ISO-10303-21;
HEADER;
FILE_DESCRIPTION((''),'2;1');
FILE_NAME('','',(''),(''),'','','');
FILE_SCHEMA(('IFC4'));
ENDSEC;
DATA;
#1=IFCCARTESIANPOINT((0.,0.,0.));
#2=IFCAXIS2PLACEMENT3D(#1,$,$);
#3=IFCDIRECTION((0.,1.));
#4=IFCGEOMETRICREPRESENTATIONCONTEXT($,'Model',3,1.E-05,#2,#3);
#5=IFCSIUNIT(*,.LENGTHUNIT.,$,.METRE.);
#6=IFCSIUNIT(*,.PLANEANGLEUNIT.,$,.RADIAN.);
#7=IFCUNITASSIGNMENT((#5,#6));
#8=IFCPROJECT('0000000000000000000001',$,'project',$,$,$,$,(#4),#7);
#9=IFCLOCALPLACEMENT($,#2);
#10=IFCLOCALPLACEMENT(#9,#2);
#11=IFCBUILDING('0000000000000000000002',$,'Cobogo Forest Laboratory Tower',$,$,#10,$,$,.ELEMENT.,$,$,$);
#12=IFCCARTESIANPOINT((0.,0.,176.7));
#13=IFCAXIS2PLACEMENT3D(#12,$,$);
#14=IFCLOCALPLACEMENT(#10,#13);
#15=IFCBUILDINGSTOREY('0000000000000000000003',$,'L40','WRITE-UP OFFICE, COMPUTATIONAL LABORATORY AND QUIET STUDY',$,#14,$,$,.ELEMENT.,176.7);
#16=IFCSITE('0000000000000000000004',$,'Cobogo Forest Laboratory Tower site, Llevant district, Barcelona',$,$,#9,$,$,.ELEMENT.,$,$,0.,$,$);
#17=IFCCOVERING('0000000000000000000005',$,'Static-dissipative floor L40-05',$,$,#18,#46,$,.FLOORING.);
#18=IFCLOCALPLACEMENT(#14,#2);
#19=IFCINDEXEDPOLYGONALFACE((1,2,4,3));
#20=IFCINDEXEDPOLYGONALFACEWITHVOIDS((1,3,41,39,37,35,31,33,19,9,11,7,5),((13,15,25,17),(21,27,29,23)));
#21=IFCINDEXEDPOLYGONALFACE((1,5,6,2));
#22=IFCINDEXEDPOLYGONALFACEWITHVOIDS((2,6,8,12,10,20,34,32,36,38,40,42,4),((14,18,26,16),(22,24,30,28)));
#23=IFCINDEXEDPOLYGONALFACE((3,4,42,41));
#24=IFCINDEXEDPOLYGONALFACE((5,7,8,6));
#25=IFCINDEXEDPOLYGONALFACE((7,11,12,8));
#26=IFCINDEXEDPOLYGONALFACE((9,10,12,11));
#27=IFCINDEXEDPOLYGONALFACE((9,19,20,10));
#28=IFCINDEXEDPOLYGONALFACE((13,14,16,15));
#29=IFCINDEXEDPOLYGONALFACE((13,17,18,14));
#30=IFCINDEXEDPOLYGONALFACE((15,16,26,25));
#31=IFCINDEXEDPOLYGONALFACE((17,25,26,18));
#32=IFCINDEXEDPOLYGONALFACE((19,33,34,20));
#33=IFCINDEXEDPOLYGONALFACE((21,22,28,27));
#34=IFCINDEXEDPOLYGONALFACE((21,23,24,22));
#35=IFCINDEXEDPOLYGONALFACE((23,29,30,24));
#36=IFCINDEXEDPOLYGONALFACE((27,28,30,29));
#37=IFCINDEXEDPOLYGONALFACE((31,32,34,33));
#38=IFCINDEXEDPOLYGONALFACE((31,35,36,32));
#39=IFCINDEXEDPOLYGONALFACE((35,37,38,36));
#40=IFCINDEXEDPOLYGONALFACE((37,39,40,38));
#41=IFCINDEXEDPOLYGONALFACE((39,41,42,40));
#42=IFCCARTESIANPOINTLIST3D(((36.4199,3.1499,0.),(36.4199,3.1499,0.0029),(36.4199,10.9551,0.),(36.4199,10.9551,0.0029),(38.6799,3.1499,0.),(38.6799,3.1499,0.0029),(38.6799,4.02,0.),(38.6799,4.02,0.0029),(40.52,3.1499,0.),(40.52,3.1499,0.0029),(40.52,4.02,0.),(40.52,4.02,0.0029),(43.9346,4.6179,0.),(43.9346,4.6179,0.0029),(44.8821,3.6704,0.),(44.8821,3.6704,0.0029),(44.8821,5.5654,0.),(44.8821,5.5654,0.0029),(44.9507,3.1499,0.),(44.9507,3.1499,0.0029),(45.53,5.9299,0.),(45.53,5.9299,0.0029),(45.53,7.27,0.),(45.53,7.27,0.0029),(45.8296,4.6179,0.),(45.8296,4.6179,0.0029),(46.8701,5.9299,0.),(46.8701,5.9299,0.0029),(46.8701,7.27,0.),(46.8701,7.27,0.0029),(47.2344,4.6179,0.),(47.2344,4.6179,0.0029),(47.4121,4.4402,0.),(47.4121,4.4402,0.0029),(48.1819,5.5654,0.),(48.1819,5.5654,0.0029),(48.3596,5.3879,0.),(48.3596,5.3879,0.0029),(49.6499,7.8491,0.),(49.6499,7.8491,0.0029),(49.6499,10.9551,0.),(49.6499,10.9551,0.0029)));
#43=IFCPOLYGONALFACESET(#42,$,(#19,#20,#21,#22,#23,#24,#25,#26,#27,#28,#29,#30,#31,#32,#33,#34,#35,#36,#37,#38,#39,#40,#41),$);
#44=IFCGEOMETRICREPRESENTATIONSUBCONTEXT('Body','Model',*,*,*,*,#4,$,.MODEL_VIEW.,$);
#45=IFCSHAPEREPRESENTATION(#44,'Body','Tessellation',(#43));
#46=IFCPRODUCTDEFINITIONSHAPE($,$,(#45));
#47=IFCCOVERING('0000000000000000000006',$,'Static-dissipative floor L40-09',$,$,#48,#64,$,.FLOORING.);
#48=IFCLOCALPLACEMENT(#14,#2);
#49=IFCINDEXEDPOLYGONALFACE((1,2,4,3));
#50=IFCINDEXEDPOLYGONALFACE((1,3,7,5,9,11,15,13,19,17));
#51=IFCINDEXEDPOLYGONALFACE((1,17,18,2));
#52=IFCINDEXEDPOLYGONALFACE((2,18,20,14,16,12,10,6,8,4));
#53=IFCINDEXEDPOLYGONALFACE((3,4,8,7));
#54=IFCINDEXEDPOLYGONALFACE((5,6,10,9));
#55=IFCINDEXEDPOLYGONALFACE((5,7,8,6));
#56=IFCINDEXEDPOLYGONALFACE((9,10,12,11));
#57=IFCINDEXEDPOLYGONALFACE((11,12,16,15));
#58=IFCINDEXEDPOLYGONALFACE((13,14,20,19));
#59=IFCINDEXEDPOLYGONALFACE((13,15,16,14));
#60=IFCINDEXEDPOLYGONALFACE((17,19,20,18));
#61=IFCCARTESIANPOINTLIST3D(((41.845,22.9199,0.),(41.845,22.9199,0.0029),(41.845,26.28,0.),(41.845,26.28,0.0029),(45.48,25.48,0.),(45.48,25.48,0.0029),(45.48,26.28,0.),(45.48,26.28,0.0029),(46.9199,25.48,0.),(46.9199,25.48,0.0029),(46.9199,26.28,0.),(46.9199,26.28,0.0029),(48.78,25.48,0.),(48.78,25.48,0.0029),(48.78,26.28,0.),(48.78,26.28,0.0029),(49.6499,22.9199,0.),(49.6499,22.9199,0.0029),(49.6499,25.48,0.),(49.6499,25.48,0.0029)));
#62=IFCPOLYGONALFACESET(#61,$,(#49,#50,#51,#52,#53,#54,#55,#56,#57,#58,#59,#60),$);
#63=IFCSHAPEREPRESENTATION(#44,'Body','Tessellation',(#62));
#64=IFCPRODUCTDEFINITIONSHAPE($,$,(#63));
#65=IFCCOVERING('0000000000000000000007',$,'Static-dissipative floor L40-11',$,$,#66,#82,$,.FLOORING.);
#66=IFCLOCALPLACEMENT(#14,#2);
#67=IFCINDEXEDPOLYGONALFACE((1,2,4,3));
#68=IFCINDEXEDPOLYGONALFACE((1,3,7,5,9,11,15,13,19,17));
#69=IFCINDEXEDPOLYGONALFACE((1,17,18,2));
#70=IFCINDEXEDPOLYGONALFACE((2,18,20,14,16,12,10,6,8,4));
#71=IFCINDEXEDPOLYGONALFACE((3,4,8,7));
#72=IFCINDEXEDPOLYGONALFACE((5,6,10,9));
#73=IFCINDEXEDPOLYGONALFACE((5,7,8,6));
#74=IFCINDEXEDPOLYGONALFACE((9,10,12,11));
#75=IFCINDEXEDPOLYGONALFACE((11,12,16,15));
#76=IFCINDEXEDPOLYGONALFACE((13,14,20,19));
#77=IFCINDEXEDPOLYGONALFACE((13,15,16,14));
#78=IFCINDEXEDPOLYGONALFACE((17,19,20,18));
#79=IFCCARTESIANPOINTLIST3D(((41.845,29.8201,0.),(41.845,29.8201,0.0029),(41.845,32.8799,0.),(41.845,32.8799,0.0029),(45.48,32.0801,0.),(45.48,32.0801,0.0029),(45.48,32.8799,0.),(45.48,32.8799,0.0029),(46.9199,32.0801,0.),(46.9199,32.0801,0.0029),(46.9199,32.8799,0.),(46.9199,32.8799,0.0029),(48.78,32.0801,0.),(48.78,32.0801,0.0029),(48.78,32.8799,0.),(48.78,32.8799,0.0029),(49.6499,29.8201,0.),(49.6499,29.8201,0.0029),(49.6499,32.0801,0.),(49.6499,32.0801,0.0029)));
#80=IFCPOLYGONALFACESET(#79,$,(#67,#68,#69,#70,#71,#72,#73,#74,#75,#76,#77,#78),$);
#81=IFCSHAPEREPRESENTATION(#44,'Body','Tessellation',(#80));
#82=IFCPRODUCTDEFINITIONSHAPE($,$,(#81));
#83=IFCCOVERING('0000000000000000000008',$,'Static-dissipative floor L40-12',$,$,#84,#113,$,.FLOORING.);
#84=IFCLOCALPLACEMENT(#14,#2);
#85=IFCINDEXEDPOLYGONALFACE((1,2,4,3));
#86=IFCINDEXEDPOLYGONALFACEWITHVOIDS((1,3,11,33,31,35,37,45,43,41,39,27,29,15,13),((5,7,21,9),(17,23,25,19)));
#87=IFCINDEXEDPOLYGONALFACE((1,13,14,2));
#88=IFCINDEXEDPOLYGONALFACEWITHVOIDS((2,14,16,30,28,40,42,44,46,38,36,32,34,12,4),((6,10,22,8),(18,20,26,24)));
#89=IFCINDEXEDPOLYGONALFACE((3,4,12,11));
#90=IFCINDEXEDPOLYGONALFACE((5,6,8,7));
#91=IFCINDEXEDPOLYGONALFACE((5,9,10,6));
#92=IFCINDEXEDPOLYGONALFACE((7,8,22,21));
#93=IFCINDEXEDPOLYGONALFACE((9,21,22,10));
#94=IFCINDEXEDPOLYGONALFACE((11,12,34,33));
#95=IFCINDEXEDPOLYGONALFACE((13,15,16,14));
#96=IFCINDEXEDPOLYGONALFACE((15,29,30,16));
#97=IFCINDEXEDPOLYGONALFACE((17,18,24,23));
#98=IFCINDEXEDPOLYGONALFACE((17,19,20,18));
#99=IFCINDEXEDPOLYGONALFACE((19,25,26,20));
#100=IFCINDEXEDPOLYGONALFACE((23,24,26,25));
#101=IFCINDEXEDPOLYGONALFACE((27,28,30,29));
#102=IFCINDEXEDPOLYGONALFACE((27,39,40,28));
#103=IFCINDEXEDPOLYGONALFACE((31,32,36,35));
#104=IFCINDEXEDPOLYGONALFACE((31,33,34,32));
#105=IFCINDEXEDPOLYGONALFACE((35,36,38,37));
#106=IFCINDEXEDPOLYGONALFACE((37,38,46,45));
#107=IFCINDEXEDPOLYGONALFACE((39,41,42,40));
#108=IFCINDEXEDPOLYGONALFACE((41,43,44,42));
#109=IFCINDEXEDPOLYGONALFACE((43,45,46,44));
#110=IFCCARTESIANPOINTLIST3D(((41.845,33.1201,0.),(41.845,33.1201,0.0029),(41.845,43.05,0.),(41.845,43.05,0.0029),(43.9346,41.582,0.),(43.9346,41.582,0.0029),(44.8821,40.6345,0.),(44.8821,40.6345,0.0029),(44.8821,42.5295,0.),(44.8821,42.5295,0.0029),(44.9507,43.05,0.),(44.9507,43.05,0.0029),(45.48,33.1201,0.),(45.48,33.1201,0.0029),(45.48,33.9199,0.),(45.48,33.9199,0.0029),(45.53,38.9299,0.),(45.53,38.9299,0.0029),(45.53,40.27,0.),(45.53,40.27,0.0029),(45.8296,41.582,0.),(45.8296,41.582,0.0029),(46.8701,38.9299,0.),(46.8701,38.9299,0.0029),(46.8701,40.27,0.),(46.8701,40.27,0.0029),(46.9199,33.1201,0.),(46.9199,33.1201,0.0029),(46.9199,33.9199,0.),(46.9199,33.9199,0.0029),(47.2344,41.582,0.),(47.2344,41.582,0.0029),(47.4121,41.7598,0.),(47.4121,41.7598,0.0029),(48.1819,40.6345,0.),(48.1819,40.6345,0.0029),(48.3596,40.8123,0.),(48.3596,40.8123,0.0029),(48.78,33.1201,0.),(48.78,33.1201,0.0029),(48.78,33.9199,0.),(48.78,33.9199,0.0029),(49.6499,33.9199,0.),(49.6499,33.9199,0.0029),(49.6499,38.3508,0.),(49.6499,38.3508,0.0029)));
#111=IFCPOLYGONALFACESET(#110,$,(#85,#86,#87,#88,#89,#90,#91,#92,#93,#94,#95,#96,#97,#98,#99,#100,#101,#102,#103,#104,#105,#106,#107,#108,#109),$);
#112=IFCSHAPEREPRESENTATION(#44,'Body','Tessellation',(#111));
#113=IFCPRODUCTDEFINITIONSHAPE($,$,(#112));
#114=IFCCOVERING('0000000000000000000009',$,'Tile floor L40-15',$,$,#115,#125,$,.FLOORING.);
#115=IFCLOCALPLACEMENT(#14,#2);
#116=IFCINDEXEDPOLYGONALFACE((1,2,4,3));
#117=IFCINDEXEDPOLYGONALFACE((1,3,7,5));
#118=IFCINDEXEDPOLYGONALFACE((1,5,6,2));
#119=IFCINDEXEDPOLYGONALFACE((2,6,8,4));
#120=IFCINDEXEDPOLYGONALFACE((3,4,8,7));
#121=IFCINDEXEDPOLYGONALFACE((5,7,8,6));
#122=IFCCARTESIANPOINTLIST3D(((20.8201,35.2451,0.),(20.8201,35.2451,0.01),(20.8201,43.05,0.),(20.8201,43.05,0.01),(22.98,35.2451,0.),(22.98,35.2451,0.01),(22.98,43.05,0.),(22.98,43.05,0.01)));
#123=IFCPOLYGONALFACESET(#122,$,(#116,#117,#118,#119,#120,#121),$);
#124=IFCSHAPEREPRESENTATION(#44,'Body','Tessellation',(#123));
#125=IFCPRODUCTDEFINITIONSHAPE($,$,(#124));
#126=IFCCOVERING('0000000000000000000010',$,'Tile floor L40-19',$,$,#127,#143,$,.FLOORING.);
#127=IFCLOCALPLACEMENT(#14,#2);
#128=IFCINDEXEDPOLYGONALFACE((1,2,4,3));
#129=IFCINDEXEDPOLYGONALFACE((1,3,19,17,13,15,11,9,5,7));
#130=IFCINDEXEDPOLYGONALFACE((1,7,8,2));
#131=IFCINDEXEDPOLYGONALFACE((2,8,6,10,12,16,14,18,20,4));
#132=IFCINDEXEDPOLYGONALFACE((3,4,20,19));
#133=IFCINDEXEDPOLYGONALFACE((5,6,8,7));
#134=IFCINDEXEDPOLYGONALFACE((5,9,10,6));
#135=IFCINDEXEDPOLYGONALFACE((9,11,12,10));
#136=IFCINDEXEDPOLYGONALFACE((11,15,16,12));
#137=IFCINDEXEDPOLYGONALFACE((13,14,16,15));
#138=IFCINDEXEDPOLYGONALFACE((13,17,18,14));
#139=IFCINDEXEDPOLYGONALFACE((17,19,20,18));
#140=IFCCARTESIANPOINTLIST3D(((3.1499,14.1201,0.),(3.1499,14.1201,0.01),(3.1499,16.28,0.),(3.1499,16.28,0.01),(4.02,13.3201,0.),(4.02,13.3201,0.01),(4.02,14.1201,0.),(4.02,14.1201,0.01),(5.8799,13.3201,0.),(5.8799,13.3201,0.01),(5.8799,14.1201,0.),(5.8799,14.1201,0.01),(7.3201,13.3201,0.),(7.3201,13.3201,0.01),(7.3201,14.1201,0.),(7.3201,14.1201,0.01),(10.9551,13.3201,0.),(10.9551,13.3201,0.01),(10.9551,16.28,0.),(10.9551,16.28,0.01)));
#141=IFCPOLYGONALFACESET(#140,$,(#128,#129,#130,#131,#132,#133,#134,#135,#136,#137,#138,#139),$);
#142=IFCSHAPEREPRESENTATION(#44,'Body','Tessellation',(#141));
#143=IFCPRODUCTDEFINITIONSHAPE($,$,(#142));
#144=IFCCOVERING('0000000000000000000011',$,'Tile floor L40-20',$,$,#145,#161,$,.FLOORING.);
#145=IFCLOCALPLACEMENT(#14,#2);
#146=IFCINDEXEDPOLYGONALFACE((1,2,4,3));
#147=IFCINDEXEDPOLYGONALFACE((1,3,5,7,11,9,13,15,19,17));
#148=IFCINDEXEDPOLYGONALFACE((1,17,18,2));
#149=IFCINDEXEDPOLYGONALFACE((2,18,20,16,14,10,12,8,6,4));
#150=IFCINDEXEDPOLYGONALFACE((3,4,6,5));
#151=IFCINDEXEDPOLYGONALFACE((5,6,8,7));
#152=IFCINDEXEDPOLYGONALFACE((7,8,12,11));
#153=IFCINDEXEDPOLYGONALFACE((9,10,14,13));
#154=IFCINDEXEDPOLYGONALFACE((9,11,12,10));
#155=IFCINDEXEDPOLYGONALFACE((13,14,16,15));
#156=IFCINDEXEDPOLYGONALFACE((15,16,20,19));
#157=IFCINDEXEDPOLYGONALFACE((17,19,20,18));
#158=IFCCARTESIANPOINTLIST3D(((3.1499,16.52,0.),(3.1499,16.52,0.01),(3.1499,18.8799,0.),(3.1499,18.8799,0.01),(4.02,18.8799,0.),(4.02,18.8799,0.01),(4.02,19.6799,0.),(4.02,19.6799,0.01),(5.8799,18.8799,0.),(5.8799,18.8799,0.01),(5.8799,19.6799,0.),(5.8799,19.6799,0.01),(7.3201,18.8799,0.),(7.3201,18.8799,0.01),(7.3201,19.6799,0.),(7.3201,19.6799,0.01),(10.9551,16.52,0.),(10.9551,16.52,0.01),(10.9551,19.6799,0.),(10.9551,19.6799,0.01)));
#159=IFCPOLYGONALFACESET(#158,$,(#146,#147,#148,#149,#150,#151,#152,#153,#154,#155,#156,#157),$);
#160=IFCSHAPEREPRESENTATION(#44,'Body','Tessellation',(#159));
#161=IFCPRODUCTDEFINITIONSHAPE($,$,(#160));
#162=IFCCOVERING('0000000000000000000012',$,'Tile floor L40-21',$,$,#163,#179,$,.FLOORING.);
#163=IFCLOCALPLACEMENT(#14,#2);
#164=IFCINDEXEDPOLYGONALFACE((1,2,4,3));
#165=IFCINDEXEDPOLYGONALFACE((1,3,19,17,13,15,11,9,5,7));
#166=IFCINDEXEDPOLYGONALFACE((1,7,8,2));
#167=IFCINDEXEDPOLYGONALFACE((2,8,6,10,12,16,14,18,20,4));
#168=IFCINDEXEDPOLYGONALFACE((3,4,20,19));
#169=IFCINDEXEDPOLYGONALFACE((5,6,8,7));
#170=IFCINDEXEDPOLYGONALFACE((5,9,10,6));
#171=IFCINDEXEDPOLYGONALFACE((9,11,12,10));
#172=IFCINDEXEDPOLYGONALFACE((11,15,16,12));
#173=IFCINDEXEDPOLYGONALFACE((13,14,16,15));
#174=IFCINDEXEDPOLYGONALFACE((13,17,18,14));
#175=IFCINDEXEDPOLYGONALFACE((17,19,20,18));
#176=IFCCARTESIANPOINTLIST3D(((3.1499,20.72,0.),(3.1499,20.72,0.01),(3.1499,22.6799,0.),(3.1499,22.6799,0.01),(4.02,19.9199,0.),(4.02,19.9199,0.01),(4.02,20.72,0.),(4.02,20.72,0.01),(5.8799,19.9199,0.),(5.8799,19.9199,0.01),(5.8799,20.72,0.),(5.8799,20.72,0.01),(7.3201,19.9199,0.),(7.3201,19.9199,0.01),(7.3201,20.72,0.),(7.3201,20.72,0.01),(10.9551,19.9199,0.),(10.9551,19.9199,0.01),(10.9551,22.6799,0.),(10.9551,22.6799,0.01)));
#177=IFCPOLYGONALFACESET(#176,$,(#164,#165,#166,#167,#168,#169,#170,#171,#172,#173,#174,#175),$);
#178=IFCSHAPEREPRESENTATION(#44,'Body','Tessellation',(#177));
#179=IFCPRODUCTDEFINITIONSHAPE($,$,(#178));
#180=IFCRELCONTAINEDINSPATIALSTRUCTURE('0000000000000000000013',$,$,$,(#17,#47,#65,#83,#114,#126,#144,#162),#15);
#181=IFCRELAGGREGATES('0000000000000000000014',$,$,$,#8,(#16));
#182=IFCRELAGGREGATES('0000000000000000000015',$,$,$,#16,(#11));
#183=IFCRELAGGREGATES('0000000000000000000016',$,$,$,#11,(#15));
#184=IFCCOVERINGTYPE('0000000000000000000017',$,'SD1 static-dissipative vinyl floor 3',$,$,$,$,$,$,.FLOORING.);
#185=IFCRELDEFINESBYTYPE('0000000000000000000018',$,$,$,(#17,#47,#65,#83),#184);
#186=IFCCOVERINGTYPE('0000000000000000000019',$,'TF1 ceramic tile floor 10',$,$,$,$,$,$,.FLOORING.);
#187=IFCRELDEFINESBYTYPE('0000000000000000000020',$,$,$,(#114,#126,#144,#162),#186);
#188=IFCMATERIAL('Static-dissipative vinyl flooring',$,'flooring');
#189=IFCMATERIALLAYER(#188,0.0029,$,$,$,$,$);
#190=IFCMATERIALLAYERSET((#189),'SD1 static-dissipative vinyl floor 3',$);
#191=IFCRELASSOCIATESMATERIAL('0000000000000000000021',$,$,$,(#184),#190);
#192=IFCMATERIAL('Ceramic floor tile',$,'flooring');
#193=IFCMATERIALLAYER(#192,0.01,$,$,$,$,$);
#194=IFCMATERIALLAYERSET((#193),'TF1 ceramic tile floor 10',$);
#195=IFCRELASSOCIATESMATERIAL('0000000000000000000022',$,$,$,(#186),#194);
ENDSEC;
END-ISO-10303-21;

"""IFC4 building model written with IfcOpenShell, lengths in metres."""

from ifc_helpers import new_model, si_unit, direction, frame, origin, place, context, subcontext, project, spatial, polyline, outline, extrude, material, layer, layer_set, type_object, element, save


model = new_model("IFC4")

# Units and contexts
model_context = context("Model", 3, precision=1e-05, world=origin(), true_north=direction((0.0, 1.0)))
body_context = subcontext(model_context, "Body", "Model", "MODEL_VIEW")
ifc_project = project(units=[si_unit("LENGTHUNIT", "METRE"), si_unit("PLANEANGLEUNIT", "RADIAN")], contexts=[model_context])

# Site, building, storey
site_placement = place(None, origin())
site = spatial("IfcSite", under=ifc_project, at=site_placement, Name="Cobogo Forest Laboratory Tower site, Llevant district, Barcelona", CompositionType="ELEMENT", RefElevation=0.0)
building_placement = place(site_placement, origin())
building = spatial("IfcBuilding", under=site, at=building_placement, Name="Cobogo Forest Laboratory Tower", CompositionType="ELEMENT")
storey_placement = place(building_placement, frame((0.0, 0.0, 176.7)))
storey = spatial("IfcBuildingStorey", under=building, at=storey_placement, Name="L40", Description="WRITE-UP OFFICE, COMPUTATIONAL LABORATORY AND QUIET STUDY", CompositionType="ELEMENT", Elevation=176.7)

# Coverings
ifc_material_1 = material(Name="Static-dissipative vinyl flooring", Category="flooring")
ifc_layer_1 = layer(ifc_material_1, 0.0029)
ifc_layer_set_1 = layer_set([ifc_layer_1], Name="SD1 static-dissipative vinyl floor 3")
covering_type_1 = type_object("IfcCoveringType", Name="SD1 static-dissipative vinyl floor 3", PredefinedType="FLOORING", material=ifc_layer_set_1)
covering_1_placement = place(storey_placement, origin())
element("IfcCovering", 1, at=covering_1_placement, inside=storey, type_object=covering_type_1, Name="Static-dissipative floor L40-05", PredefinedType="FLOORING", context=body_context, shape_type="SweptSolid", body=[
    extrude(outline(polyline([(49.6499, 10.9551), (49.6499, 7.8491), (48.3596, 5.3879), (48.1819, 5.5654), (47.2344, 4.6179), (47.4121, 4.4402), (44.9507, 3.1499), (40.52, 3.1499), (40.52, 4.02), (38.6799, 4.02), (38.6799, 3.1499), (36.4199, 3.1499), (36.4199, 10.9551), (49.6499, 10.9551)]), holes=[polyline([(45.53, 5.9299), (46.8701, 5.9299), (46.8701, 7.27), (45.53, 7.27), (45.53, 5.9299)]), polyline([(44.8821, 3.6704), (45.8296, 4.6179), (44.8821, 5.5654), (43.9346, 4.6179), (44.8821, 3.6704)])]), origin(), (0.0, 0.0, 1.0), 0.0029),
])
covering_2_placement = place(storey_placement, origin())
element("IfcCovering", 2, at=covering_2_placement, inside=storey, type_object=covering_type_1, Name="Static-dissipative floor L40-09", PredefinedType="FLOORING", context=body_context, shape_type="SweptSolid", body=[
    extrude(outline(polyline([(41.845, 26.28), (45.48, 26.28), (45.48, 25.48), (46.9199, 25.48), (46.9199, 26.28), (48.78, 26.28), (48.78, 25.48), (49.6499, 25.48), (49.6499, 22.9199), (41.845, 22.9199), (41.845, 26.28)])), origin(), (0.0, 0.0, 1.0), 0.0029),
])
covering_3_placement = place(storey_placement, origin())
element("IfcCovering", 3, at=covering_3_placement, inside=storey, type_object=covering_type_1, Name="Static-dissipative floor L40-11", PredefinedType="FLOORING", context=body_context, shape_type="SweptSolid", body=[
    extrude(outline(polyline([(41.845, 32.8799), (45.48, 32.8799), (45.48, 32.0801), (46.9199, 32.0801), (46.9199, 32.8799), (48.78, 32.8799), (48.78, 32.0801), (49.6499, 32.0801), (49.6499, 29.8201), (41.845, 29.8201), (41.845, 32.8799)])), origin(), (0.0, 0.0, 1.0), 0.0029),
])
covering_4_placement = place(storey_placement, origin())
element("IfcCovering", 4, at=covering_4_placement, inside=storey, type_object=covering_type_1, Name="Static-dissipative floor L40-12", PredefinedType="FLOORING", context=body_context, shape_type="SweptSolid", body=[
    extrude(outline(polyline([(41.845, 43.05), (44.9507, 43.05), (47.4121, 41.7598), (47.2344, 41.582), (48.1819, 40.6345), (48.3596, 40.8123), (49.6499, 38.3508), (49.6499, 33.9199), (48.78, 33.9199), (48.78, 33.1201), (46.9199, 33.1201), (46.9199, 33.9199), (45.48, 33.9199), (45.48, 33.1201), (41.845, 33.1201), (41.845, 43.05)]), holes=[polyline([(45.53, 40.27), (45.53, 38.9299), (46.8701, 38.9299), (46.8701, 40.27), (45.53, 40.27)]), polyline([(44.8821, 40.6345), (45.8296, 41.582), (44.8821, 42.5295), (43.9346, 41.582), (44.8821, 40.6345)])]), origin(), (0.0, 0.0, 1.0), 0.0029),
])
ifc_material_2 = material(Name="Ceramic floor tile", Category="flooring")
ifc_layer_2 = layer(ifc_material_2, 0.01)
ifc_layer_set_2 = layer_set([ifc_layer_2], Name="TF1 ceramic tile floor 10")
covering_type_2 = type_object("IfcCoveringType", Name="TF1 ceramic tile floor 10", PredefinedType="FLOORING", material=ifc_layer_set_2)
covering_5_placement = place(storey_placement, origin())
element("IfcCovering", 5, at=covering_5_placement, inside=storey, type_object=covering_type_2, Name="Tile floor L40-15", PredefinedType="FLOORING", context=body_context, shape_type="SweptSolid", body=[
    extrude(outline(polyline([(22.98, 35.2451), (20.8201, 35.2451), (20.8201, 43.05), (22.98, 43.05), (22.98, 35.2451)])), origin(), (0.0, 0.0, 1.0), 0.01),
])
covering_6_placement = place(storey_placement, origin())
element("IfcCovering", 6, at=covering_6_placement, inside=storey, type_object=covering_type_2, Name="Tile floor L40-19", PredefinedType="FLOORING", context=body_context, shape_type="SweptSolid", body=[
    extrude(outline(polyline([(10.9551, 13.3201), (7.3201, 13.3201), (7.3201, 14.1201), (5.8799, 14.1201), (5.8799, 13.3201), (4.02, 13.3201), (4.02, 14.1201), (3.1499, 14.1201), (3.1499, 16.28), (10.9551, 16.28), (10.9551, 13.3201)])), origin(), (0.0, 0.0, 1.0), 0.01),
])
covering_7_placement = place(storey_placement, origin())
element("IfcCovering", 7, at=covering_7_placement, inside=storey, type_object=covering_type_2, Name="Tile floor L40-20", PredefinedType="FLOORING", context=body_context, shape_type="SweptSolid", body=[
    extrude(outline(polyline([(10.9551, 16.52), (3.1499, 16.52), (3.1499, 18.8799), (4.02, 18.8799), (4.02, 19.6799), (5.8799, 19.6799), (5.8799, 18.8799), (7.3201, 18.8799), (7.3201, 19.6799), (10.9551, 19.6799), (10.9551, 16.52)])), origin(), (0.0, 0.0, 1.0), 0.01),
])
covering_8_placement = place(storey_placement, origin())
element("IfcCovering", 8, at=covering_8_placement, inside=storey, type_object=covering_type_2, Name="Tile floor L40-21", PredefinedType="FLOORING", context=body_context, shape_type="SweptSolid", body=[
    extrude(outline(polyline([(10.9551, 19.9199), (7.3201, 19.9199), (7.3201, 20.72), (5.8799, 20.72), (5.8799, 19.9199), (4.02, 19.9199), (4.02, 20.72), (3.1499, 20.72), (3.1499, 22.6799), (10.9551, 22.6799), (10.9551, 19.9199)])), origin(), (0.0, 0.0, 1.0), 0.01),
])

save(model, "model.ifc")
